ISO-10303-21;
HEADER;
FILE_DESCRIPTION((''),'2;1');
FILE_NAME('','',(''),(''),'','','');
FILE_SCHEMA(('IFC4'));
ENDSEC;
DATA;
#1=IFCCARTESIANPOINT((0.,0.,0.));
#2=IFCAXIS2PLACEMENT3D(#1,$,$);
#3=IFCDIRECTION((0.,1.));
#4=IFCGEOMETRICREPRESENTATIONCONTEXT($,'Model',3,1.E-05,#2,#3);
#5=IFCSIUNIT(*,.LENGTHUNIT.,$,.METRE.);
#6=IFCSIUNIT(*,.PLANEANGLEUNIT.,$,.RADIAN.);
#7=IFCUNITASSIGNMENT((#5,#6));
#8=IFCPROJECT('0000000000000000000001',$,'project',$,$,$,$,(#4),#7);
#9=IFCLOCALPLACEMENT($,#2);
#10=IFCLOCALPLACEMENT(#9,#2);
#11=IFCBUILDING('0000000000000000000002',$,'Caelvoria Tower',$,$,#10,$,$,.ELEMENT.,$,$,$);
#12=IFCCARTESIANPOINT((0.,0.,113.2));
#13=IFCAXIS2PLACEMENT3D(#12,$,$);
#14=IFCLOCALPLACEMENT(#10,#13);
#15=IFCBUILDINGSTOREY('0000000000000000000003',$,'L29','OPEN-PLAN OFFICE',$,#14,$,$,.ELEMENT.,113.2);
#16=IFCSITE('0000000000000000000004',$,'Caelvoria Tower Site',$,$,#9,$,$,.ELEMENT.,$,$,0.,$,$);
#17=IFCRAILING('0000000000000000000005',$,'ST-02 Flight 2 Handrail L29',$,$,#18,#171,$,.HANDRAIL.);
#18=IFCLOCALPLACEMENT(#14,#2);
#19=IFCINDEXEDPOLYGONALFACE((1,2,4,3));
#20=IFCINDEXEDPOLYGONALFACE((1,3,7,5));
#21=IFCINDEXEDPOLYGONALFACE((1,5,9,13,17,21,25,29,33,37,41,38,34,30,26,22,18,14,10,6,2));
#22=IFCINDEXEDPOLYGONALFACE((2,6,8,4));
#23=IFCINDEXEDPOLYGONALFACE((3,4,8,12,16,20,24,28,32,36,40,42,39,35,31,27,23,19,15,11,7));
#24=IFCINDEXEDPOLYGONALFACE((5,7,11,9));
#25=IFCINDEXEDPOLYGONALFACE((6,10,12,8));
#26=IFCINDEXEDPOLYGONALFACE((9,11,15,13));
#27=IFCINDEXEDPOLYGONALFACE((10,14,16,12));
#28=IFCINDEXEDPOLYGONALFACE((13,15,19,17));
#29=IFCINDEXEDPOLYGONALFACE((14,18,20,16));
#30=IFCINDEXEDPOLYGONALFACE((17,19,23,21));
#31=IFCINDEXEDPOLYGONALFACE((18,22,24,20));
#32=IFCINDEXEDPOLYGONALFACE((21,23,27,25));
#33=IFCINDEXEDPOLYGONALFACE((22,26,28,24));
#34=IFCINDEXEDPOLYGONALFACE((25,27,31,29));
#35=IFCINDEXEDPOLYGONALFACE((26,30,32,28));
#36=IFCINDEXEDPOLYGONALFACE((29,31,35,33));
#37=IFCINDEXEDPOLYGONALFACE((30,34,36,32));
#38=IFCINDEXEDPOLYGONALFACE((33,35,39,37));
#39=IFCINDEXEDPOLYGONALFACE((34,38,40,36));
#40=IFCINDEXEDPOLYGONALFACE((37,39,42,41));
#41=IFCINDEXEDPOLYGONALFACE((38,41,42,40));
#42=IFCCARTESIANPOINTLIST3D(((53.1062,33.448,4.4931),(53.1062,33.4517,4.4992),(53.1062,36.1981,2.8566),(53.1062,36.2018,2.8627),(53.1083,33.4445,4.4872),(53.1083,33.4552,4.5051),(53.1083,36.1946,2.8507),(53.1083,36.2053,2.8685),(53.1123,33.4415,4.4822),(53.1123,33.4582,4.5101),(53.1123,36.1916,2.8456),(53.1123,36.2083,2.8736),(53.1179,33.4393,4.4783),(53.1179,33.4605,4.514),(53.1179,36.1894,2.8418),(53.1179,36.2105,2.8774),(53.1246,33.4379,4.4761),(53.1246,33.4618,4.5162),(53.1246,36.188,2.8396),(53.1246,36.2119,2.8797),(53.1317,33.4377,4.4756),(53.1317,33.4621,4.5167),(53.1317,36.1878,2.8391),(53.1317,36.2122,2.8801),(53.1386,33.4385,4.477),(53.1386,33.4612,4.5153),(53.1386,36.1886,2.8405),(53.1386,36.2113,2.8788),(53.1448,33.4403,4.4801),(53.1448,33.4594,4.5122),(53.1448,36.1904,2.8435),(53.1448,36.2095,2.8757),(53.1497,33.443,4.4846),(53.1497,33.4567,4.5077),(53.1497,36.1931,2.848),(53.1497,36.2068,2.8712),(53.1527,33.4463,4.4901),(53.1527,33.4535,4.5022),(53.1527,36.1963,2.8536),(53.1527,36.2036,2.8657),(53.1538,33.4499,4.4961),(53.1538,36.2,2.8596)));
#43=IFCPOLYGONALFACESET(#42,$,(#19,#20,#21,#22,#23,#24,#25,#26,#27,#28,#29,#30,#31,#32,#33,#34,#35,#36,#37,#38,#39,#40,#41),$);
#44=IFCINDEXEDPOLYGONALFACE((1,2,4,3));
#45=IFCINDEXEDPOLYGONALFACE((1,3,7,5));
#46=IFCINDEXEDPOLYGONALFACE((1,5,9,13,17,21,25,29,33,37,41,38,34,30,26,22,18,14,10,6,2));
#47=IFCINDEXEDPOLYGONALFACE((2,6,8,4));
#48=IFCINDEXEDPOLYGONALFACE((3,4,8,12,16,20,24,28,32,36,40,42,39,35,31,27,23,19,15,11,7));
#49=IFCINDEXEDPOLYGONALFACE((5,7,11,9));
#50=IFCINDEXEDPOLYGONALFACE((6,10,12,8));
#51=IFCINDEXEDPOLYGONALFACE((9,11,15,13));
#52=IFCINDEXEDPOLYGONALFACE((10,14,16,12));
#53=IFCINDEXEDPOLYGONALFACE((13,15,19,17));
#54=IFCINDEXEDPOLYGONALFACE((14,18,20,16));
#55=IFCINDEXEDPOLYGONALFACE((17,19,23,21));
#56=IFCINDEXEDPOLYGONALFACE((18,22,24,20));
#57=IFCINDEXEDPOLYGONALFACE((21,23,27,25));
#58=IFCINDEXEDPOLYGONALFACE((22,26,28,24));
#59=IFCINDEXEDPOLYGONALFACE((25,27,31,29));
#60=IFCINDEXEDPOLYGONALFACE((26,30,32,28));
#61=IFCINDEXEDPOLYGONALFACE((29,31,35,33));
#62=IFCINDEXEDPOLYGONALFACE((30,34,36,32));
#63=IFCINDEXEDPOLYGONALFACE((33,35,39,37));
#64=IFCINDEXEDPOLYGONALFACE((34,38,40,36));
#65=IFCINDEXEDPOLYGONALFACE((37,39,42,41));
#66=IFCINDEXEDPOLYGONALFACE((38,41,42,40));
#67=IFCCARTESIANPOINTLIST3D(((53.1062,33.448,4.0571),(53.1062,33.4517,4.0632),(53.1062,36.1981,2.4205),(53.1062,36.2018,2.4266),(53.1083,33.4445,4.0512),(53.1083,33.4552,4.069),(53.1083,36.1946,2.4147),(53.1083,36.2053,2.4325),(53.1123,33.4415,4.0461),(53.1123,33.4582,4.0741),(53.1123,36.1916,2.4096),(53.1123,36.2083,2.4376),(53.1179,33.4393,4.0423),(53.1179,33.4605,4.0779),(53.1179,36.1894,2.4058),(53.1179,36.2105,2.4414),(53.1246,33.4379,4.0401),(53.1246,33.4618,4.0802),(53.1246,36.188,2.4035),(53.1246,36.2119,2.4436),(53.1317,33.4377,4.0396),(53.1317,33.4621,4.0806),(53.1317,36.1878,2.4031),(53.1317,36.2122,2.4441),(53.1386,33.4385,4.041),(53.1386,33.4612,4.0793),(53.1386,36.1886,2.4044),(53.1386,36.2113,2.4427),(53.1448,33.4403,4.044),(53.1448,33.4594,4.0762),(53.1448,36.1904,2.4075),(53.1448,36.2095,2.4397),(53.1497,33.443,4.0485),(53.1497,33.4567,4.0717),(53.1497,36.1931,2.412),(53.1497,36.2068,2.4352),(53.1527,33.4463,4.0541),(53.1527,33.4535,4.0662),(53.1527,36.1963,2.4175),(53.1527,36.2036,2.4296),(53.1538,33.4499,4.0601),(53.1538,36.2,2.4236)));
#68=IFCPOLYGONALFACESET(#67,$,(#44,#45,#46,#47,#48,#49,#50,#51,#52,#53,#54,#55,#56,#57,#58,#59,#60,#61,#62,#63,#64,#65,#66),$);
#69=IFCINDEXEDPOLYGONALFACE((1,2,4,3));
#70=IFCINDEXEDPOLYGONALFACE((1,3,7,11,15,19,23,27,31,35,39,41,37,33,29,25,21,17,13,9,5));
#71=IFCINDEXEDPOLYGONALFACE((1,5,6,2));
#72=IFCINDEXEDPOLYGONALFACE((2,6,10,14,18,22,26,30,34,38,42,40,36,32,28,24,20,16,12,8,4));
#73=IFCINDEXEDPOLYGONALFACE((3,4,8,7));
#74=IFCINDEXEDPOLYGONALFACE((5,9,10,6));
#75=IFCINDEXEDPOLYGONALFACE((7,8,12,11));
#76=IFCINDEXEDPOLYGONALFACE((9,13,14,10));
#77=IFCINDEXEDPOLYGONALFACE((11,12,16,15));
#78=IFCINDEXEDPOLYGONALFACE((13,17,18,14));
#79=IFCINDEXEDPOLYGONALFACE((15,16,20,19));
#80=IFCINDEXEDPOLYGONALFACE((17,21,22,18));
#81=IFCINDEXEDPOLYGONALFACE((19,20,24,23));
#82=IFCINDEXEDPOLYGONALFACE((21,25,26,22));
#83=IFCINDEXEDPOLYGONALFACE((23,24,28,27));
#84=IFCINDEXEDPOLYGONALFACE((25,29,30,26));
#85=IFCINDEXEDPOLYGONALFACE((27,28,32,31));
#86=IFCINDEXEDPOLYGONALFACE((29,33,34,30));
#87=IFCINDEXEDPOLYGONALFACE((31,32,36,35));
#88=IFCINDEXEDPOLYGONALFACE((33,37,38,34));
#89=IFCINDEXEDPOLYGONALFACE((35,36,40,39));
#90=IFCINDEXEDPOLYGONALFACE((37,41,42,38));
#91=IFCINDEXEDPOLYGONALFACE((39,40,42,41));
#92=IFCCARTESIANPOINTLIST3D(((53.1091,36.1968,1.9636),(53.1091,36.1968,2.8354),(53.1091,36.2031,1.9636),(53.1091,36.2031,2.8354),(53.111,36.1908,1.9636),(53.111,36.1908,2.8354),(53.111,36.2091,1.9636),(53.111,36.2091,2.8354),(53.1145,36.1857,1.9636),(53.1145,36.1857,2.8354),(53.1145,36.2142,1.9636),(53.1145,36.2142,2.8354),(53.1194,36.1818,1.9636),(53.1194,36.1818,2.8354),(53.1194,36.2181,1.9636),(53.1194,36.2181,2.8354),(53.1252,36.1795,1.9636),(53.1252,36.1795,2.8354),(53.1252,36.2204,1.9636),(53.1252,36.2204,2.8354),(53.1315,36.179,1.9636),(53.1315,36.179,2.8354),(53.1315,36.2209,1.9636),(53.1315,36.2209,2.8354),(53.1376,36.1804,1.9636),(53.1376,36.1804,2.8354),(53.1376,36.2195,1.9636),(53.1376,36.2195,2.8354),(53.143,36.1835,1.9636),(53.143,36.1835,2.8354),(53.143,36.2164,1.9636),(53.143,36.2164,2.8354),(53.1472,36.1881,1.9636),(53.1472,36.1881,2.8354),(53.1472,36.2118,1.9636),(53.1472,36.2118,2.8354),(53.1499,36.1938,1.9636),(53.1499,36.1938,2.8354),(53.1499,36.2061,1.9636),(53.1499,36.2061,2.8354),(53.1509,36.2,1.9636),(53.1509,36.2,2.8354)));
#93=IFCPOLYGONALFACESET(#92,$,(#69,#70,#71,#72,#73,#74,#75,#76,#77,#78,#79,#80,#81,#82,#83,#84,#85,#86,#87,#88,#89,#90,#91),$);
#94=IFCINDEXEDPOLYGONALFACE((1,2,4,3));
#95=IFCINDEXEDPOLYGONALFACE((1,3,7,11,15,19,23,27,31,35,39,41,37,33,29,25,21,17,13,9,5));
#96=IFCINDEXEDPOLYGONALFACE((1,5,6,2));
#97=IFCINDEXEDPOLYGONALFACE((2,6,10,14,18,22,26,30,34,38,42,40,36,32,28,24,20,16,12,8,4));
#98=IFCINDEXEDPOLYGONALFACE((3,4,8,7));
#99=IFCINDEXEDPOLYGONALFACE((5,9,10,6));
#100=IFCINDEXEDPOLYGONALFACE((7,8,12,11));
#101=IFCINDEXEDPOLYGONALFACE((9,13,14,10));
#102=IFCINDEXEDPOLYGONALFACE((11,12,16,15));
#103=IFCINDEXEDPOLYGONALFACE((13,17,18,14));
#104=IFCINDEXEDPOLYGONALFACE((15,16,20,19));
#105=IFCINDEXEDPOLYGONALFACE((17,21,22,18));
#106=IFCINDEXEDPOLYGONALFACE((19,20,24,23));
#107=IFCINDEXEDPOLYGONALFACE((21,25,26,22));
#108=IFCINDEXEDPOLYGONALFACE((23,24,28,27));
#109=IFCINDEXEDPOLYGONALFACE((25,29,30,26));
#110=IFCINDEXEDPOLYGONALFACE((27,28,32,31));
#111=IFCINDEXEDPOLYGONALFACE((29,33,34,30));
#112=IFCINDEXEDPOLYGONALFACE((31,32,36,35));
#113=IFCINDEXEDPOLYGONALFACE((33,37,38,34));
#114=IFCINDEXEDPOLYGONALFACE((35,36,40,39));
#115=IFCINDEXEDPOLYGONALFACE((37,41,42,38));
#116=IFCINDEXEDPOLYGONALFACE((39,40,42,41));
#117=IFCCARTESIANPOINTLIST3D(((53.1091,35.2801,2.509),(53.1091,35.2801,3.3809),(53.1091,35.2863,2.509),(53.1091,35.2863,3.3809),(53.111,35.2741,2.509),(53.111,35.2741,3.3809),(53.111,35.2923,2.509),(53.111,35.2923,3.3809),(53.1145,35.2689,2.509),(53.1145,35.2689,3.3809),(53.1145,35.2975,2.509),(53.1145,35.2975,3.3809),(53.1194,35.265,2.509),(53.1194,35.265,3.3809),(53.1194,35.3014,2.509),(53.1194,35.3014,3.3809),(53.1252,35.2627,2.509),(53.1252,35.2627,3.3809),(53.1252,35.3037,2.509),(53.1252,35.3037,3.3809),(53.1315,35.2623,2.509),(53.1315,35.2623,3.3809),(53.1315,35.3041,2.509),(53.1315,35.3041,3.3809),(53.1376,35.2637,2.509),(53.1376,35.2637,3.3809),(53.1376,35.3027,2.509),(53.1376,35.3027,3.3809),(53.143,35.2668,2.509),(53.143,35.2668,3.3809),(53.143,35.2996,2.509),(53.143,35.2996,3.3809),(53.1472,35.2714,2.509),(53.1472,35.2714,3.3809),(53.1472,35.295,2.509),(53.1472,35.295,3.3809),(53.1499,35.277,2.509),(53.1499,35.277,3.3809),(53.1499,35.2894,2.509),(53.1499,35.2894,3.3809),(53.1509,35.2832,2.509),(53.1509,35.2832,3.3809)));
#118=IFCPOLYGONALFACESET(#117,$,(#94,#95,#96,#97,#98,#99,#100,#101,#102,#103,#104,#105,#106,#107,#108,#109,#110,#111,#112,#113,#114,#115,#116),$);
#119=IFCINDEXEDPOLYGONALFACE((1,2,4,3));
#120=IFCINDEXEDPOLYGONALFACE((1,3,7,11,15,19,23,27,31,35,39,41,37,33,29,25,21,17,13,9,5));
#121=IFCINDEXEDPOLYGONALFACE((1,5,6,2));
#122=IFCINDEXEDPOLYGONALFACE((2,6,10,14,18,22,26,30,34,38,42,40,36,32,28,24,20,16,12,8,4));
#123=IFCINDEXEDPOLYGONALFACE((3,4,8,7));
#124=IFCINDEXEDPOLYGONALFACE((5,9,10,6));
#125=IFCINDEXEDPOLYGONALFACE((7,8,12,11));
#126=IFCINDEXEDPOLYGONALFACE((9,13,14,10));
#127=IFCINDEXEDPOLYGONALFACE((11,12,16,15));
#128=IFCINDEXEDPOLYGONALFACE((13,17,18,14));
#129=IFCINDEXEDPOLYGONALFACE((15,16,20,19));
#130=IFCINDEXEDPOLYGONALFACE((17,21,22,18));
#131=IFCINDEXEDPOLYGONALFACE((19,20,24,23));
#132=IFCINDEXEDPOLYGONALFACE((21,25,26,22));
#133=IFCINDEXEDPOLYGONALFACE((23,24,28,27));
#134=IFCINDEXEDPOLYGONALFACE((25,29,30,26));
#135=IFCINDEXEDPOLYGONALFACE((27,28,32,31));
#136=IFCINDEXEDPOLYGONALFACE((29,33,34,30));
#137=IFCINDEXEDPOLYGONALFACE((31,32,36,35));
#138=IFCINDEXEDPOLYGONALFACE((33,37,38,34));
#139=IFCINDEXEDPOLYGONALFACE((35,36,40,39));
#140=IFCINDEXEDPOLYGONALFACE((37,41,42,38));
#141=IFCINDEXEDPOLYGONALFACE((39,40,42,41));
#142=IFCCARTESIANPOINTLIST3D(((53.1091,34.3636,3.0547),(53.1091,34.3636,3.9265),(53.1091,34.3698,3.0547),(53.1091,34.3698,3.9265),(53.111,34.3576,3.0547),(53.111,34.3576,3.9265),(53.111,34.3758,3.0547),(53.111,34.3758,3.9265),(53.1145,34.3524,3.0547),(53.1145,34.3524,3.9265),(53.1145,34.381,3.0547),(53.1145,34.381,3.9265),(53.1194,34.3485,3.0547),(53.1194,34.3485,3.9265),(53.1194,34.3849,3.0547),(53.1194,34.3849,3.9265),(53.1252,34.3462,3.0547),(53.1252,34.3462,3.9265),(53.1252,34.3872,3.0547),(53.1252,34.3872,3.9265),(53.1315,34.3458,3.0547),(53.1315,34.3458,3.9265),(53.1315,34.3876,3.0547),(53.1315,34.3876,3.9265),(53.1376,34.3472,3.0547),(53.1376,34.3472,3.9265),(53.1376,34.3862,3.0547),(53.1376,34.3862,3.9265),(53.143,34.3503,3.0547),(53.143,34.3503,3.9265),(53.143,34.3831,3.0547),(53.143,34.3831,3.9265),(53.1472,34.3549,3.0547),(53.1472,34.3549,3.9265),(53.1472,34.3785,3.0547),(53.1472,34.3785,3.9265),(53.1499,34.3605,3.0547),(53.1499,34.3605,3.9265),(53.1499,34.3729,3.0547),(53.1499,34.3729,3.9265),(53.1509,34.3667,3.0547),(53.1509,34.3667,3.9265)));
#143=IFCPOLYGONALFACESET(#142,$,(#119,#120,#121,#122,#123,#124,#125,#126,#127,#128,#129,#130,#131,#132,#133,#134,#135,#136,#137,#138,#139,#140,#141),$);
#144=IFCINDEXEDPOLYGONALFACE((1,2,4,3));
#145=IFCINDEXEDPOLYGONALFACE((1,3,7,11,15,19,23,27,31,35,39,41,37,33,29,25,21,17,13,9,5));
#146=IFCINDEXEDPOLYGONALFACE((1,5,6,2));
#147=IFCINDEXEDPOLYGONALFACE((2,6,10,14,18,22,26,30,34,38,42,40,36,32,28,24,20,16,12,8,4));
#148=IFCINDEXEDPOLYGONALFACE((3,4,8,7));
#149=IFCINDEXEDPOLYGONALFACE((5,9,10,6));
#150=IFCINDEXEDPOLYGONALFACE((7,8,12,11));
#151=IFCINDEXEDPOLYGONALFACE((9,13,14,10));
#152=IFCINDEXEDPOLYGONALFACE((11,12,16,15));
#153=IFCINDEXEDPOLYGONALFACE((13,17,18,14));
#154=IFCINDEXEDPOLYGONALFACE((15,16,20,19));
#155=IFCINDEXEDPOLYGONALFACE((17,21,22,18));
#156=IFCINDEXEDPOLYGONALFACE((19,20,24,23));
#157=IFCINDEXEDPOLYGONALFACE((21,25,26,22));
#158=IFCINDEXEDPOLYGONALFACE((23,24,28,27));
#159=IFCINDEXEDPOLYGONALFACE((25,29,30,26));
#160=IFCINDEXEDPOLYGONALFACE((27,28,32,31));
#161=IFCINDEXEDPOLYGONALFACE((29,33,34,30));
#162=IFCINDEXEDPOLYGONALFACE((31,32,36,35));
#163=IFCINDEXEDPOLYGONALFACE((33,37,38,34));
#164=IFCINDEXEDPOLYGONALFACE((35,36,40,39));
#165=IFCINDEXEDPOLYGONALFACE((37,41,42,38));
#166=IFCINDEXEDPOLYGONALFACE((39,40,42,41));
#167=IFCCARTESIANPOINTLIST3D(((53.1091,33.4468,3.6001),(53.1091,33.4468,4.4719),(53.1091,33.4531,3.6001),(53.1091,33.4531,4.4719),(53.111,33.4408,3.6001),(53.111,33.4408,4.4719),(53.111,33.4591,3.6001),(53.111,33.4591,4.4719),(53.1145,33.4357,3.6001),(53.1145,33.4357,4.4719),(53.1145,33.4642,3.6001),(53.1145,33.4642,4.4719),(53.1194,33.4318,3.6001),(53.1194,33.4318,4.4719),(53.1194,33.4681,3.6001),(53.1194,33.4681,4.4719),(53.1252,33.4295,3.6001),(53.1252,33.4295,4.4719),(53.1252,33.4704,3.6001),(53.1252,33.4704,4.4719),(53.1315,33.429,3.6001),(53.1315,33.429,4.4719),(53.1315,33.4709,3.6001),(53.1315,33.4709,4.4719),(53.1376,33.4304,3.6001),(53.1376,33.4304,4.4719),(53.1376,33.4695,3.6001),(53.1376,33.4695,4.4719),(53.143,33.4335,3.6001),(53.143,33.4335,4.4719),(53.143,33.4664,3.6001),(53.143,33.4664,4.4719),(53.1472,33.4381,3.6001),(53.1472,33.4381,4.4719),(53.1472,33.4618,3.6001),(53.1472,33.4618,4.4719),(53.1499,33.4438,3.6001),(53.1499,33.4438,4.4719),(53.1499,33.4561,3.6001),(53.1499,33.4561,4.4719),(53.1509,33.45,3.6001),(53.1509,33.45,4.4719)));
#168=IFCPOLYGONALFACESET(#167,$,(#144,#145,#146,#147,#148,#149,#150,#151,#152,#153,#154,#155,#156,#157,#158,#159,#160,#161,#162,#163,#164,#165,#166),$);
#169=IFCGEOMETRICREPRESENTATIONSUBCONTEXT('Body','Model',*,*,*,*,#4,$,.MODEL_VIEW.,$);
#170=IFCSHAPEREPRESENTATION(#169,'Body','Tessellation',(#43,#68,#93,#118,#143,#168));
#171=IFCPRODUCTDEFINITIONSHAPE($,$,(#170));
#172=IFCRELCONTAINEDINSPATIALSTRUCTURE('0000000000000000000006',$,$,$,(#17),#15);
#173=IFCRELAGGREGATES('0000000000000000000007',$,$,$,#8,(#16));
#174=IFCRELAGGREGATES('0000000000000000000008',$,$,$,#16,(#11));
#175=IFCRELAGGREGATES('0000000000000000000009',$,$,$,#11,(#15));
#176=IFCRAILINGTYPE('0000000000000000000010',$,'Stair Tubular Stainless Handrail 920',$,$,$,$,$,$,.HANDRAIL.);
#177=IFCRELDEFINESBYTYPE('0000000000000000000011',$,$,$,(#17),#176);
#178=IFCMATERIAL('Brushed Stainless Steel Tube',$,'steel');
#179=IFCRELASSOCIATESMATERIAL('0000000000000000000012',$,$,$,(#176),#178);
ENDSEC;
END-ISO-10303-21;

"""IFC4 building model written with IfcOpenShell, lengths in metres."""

from ifc_helpers import new_model, si_unit, direction, frame, origin, origin_2d, place, context, subcontext, project, spatial, circle, extrude, material, type_object, element, save


model = new_model("IFC4")

# Units and contexts
model_context = context("Model", 3, precision=1e-05, world=origin(), true_north=direction((0.0, 1.0)))
body_context = subcontext(model_context, "Body", "Model", "MODEL_VIEW")
ifc_project = project(units=[si_unit("LENGTHUNIT", "METRE"), si_unit("PLANEANGLEUNIT", "RADIAN")], contexts=[model_context])

# Site, building, storey
site_placement = place(None, origin())
site = spatial("IfcSite", under=ifc_project, at=site_placement, Name="Caelvoria Tower Site", CompositionType="ELEMENT", RefElevation=0.0)
building_placement = place(site_placement, origin())
building = spatial("IfcBuilding", under=site, at=building_placement, Name="Caelvoria Tower", CompositionType="ELEMENT")
storey_placement = place(building_placement, frame((0.0, 0.0, 113.2)))
storey = spatial("IfcBuildingStorey", under=building, at=storey_placement, Name="L29", Description="OPEN-PLAN OFFICE", CompositionType="ELEMENT", Elevation=113.2)

# Railing
ifc_material_1 = material(Name="Brushed Stainless Steel Tube", Category="steel")
railing_type_1 = type_object("IfcRailingType", Name="Stair Tubular Stainless Handrail 920", PredefinedType="HANDRAIL", material=ifc_material_1)
railing_1_placement = place(storey_placement, frame((53.1299, 36.2, 1.9636)))
element("IfcRailing", 1, at=railing_1_placement, inside=storey, type_object=railing_type_1, Name="ST-02 Flight 2 Handrail L29", PredefinedType="HANDRAIL", context=body_context, shape_type="SweptSolid", body=[
    extrude(circle(Radius=0.0239, at=origin_2d()), frame((0.0, 0.0, 0.896), z_axis=(0.0, -0.859352, 0.511385), x_axis=(1.0, 0.0, 0.0)), (0.0, 0.0, 1.0), 3.2002),
    extrude(circle(Radius=0.0239, at=origin_2d()), frame((0.0, 0.0, 0.46), z_axis=(0.0, -0.859352, 0.511385), x_axis=(1.0, 0.0, 0.0)), (0.0, 0.0, 1.0), 3.2002),
    extrude(circle(Radius=0.021, at=origin_2d()), origin(), (0.0, 0.0, 1.0), 0.8718),
    extrude(circle(Radius=0.021, at=origin_2d()), frame((0.0, -0.9167, 0.5454)), (0.0, 0.0, 1.0), 0.8718),
    extrude(circle(Radius=0.021, at=origin_2d()), frame((0.0, -1.8333, 1.0911)), (0.0, 0.0, 1.0), 0.8718),
    extrude(circle(Radius=0.021, at=origin_2d()), frame((0.0, -2.75, 1.6365)), (0.0, 0.0, 1.0), 0.8718),
])

save(model, "model.ifc")
